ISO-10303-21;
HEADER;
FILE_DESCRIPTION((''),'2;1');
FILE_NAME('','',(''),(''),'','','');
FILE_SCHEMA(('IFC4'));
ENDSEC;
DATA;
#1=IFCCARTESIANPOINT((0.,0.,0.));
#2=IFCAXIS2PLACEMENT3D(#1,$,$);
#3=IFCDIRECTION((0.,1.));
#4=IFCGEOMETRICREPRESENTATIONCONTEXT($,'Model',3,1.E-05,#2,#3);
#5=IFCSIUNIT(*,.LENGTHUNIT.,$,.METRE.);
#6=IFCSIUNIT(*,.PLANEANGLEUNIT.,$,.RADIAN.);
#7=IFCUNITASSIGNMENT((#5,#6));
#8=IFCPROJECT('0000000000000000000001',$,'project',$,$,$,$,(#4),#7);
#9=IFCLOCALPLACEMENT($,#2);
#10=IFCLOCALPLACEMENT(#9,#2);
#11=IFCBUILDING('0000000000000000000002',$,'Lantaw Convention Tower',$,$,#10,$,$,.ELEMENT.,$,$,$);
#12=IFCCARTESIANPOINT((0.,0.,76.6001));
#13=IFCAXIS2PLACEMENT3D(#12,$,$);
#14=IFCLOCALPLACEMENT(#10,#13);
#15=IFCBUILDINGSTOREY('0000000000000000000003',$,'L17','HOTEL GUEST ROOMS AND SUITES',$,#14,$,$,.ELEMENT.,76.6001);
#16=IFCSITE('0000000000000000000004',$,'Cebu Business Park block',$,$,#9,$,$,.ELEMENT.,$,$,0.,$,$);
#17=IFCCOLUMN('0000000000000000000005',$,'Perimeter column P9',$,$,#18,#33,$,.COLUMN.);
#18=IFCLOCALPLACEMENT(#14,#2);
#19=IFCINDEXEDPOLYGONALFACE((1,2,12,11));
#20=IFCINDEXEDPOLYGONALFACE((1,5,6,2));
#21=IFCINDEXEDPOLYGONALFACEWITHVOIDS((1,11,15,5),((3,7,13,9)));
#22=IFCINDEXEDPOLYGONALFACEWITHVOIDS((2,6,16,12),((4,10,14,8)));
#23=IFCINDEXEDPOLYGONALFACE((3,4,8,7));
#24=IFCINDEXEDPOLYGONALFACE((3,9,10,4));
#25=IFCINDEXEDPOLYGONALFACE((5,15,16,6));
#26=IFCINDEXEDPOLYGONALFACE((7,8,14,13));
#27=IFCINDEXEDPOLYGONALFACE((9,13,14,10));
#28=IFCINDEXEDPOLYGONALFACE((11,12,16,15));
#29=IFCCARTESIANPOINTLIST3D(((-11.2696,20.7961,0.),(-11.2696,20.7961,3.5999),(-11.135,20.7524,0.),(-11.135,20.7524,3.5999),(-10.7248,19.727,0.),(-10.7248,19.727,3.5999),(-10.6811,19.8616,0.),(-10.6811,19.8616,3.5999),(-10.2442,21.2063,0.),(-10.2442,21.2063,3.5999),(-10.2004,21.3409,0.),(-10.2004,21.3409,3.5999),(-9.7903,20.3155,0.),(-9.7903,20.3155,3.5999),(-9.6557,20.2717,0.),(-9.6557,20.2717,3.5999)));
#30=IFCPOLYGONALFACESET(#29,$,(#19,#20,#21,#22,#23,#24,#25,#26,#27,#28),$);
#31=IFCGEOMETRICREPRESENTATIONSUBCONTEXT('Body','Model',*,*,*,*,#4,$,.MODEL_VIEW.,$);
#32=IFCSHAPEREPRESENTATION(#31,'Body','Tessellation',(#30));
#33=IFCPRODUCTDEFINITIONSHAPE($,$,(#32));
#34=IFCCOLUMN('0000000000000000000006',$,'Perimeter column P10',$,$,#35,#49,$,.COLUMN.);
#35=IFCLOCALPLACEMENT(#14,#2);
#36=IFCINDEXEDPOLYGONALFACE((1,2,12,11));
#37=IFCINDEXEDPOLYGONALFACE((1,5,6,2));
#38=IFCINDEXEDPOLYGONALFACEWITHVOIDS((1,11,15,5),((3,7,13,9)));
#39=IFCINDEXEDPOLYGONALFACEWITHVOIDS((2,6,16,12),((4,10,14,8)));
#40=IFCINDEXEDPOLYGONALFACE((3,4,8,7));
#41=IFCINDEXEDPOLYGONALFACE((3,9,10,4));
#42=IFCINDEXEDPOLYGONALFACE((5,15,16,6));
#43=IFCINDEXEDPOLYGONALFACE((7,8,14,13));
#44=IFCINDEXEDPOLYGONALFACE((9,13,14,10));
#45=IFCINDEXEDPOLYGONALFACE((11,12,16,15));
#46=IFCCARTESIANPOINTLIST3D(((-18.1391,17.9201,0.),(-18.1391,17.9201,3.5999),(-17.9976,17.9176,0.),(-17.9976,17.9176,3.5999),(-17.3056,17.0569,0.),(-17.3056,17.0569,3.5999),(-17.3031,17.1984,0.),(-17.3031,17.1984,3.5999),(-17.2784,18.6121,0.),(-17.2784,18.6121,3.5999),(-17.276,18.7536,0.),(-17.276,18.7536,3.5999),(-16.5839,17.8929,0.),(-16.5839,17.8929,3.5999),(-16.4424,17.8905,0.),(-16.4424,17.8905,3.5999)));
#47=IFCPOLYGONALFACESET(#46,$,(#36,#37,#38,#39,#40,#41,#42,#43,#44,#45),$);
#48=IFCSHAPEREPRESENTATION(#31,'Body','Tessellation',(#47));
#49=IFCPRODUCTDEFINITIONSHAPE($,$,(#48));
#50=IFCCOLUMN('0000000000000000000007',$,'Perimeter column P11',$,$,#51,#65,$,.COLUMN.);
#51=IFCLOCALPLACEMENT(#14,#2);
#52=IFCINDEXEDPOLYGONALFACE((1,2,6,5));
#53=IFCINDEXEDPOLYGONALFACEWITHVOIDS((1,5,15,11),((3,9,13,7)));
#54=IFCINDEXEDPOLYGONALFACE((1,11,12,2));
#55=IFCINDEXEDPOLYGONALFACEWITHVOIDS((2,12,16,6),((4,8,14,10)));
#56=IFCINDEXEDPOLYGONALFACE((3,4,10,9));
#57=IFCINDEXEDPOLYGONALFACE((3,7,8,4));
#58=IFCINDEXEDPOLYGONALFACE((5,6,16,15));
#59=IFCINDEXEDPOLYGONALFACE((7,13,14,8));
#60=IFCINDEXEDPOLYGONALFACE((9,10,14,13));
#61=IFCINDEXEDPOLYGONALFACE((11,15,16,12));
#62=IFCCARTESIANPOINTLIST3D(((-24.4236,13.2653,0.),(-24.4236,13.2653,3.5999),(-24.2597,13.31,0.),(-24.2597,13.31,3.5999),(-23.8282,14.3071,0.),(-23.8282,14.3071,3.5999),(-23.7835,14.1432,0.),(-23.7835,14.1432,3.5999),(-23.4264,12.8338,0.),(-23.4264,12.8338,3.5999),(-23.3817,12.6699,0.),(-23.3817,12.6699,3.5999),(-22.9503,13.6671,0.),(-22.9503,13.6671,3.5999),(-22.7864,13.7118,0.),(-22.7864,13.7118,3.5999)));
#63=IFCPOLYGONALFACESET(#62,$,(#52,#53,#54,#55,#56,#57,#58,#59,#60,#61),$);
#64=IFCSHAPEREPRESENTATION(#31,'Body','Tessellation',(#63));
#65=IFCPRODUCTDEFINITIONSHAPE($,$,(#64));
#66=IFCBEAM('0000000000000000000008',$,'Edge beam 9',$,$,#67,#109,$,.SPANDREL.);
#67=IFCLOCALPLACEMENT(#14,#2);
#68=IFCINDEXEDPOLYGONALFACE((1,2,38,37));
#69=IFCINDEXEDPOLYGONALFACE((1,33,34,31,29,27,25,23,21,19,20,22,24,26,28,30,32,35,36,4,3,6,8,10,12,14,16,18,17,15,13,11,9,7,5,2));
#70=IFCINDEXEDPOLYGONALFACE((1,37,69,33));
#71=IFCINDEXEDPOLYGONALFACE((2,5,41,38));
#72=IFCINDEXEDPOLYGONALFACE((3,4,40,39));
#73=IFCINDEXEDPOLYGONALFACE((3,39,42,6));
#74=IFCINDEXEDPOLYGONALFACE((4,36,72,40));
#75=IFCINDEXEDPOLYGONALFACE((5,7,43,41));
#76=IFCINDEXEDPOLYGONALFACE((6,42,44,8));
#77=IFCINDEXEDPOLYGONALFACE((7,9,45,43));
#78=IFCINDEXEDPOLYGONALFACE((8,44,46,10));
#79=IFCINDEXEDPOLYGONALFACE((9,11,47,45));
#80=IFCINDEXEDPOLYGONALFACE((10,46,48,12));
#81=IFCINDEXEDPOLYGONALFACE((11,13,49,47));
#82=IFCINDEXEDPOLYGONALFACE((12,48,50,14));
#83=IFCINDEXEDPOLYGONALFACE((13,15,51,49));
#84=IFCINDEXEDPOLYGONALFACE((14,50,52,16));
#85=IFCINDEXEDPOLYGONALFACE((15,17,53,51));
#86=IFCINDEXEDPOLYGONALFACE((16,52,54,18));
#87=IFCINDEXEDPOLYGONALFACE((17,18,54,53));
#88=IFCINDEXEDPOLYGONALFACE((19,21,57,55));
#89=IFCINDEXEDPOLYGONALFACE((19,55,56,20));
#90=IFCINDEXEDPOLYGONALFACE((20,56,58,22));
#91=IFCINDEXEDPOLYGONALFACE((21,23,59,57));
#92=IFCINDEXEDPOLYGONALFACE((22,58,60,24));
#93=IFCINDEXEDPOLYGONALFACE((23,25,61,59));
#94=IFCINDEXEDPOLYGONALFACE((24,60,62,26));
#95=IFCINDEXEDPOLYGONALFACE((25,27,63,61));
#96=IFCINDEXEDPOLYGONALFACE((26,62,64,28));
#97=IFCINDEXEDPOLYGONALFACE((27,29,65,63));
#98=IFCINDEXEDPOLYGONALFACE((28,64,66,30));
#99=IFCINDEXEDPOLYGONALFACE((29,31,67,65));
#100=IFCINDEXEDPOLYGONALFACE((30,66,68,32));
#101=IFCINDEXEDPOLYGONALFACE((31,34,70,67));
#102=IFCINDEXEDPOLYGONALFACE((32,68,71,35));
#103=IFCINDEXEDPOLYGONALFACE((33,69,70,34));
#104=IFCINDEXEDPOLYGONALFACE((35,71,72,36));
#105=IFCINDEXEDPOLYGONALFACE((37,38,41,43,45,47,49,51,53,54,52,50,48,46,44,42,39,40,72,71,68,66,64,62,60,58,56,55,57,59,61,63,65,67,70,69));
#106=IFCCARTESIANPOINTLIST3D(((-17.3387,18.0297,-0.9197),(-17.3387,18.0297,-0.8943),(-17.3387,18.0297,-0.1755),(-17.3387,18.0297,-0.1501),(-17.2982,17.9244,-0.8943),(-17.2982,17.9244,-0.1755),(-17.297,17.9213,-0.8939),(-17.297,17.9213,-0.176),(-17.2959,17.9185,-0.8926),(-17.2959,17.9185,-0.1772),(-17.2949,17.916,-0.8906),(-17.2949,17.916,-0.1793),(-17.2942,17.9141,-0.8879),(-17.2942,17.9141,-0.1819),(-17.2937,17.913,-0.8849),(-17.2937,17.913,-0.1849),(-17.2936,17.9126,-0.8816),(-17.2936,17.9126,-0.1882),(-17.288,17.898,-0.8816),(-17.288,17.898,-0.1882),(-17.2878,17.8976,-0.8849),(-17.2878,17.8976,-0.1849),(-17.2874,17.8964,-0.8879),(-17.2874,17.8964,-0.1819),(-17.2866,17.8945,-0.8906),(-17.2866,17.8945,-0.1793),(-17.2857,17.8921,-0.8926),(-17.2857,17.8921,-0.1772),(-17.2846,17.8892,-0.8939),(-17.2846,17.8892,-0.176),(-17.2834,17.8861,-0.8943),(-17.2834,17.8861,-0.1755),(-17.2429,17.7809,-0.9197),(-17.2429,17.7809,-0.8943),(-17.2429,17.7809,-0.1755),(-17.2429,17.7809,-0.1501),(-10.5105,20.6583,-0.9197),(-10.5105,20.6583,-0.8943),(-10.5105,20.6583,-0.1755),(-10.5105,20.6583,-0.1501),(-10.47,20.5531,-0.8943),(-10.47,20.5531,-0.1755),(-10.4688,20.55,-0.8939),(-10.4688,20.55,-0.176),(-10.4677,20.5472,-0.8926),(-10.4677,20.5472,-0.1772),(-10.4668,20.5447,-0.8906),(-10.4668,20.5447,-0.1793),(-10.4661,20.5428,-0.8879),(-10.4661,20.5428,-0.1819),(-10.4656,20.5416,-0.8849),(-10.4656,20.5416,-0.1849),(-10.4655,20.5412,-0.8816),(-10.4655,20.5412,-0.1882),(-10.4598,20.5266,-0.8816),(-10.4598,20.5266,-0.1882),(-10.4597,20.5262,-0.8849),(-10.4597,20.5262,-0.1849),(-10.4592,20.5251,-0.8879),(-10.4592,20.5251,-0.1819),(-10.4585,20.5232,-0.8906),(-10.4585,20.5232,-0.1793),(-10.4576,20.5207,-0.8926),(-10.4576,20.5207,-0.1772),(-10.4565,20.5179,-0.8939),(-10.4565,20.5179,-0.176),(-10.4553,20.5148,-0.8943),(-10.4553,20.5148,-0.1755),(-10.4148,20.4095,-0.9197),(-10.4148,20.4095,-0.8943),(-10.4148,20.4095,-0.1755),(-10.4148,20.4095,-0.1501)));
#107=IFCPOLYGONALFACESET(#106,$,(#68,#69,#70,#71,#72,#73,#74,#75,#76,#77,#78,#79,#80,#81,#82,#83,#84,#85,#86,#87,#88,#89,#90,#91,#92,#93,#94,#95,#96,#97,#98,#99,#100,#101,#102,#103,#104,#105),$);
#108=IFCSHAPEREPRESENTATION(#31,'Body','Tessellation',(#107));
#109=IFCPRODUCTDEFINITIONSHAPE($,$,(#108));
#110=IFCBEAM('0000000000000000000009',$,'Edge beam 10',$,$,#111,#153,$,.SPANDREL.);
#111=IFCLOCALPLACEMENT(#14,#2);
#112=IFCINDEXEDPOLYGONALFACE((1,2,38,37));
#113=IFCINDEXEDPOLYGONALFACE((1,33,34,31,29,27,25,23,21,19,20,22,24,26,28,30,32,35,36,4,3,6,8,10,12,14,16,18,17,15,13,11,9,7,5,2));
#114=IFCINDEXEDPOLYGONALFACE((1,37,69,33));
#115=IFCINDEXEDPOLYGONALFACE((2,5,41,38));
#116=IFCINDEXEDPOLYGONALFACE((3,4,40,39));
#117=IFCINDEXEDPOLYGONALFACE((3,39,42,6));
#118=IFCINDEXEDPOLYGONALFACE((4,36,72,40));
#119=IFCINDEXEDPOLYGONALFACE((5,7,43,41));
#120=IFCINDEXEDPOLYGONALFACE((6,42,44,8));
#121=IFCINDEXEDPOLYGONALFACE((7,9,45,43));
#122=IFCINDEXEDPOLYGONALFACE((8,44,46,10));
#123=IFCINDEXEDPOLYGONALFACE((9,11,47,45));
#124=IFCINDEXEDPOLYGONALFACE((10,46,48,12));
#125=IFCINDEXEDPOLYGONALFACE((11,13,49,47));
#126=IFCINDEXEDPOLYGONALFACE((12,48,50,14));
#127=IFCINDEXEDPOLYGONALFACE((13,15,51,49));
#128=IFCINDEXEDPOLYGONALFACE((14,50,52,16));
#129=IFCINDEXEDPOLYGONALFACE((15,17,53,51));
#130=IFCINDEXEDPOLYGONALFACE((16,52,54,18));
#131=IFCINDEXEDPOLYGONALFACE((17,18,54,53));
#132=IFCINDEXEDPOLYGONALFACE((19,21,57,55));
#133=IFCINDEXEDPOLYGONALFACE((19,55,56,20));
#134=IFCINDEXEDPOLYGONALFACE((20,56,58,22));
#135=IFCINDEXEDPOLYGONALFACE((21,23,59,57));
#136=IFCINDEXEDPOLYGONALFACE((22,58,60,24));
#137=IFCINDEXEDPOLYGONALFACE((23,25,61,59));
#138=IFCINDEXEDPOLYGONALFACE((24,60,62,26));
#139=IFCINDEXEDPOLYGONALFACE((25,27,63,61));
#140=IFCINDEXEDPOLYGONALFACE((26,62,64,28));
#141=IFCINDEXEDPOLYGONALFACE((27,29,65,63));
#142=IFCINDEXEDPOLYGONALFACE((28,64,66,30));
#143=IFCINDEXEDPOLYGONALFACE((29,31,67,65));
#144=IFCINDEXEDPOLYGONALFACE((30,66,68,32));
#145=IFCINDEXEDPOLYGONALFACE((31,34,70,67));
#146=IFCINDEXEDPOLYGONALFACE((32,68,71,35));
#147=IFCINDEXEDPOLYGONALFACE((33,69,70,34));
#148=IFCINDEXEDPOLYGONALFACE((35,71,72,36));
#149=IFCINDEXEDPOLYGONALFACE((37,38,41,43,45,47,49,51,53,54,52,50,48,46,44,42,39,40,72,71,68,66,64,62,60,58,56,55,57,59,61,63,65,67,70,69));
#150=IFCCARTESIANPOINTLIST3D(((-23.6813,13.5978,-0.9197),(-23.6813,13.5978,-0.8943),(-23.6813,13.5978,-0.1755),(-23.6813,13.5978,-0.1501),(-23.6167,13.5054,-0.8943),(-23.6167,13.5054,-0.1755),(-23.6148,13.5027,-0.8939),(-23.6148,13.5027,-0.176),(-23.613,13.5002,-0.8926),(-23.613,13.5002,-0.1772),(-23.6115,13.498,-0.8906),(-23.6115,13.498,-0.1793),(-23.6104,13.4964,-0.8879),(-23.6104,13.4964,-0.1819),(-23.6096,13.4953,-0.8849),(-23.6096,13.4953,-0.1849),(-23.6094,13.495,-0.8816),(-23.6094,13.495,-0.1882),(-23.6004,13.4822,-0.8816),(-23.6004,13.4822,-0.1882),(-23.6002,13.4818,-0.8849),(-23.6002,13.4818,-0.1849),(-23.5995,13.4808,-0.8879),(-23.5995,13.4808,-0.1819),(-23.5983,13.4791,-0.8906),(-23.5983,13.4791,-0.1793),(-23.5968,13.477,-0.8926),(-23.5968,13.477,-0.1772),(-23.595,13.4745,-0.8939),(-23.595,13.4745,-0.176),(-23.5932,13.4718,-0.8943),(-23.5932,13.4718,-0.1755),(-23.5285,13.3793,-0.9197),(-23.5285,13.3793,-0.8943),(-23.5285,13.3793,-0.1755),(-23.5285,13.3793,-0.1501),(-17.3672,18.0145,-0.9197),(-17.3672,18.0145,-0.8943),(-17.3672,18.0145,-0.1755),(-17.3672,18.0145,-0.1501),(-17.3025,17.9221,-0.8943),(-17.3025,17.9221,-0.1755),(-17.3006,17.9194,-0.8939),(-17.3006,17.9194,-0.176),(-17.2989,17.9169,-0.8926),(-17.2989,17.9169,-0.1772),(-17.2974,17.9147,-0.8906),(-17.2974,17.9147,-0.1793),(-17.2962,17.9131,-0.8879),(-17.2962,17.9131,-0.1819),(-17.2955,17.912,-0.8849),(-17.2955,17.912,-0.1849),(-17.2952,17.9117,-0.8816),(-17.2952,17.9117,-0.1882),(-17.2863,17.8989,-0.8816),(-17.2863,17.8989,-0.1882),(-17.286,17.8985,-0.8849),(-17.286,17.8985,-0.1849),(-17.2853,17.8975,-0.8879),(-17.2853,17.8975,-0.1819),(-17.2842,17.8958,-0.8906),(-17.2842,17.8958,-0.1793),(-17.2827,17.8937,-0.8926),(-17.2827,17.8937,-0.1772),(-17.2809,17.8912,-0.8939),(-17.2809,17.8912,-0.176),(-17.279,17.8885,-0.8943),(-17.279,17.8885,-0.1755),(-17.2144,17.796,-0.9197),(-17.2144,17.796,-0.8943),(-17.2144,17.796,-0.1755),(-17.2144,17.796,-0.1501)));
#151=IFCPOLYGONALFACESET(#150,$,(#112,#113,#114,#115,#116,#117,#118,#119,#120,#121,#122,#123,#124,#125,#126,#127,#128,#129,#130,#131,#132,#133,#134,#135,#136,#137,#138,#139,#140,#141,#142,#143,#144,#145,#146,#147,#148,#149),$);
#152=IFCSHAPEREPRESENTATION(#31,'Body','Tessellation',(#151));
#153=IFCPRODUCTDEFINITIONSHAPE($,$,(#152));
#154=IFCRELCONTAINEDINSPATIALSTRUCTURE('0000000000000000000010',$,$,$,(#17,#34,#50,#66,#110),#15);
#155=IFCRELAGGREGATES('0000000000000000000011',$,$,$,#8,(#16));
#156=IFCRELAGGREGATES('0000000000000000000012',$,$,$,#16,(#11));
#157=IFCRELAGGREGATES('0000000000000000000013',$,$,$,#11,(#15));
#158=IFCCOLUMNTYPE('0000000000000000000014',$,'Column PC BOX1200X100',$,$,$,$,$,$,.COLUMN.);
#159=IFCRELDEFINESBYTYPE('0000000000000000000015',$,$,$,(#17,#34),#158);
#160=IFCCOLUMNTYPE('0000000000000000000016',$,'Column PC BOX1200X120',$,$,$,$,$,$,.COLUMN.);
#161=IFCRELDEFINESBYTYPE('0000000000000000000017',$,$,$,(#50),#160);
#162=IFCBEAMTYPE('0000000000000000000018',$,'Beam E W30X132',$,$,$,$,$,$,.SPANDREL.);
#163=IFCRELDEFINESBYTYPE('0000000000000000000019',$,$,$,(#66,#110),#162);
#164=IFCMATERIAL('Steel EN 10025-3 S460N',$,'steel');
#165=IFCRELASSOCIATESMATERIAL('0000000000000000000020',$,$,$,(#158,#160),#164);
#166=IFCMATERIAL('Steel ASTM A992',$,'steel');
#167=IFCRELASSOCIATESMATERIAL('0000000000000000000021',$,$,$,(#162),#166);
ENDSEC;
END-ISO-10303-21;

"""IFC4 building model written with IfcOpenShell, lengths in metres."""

from ifc_helpers import new_model, si_unit, direction, frame, origin, origin_2d, place, context, subcontext, project, spatial, rectangle, hollow_rectangle, i_section, extrude, material, material_profile, profile_set, type_object, element, save


model = new_model("IFC4")

# Units and contexts
model_context = context("Model", 3, precision=1e-05, world=origin(), true_north=direction((0.0, 1.0)))
body_context = subcontext(model_context, "Body", "Model", "MODEL_VIEW")
ifc_project = project(units=[si_unit("LENGTHUNIT", "METRE"), si_unit("PLANEANGLEUNIT", "RADIAN")], contexts=[model_context])

# Site, building, storey
site_placement = place(None, origin())
site = spatial("IfcSite", under=ifc_project, at=site_placement, Name="Cebu Business Park block", CompositionType="ELEMENT", RefElevation=0.0)
building_placement = place(site_placement, origin())
building = spatial("IfcBuilding", under=site, at=building_placement, Name="Lantaw Convention Tower", CompositionType="ELEMENT")
storey_placement = place(building_placement, frame((0.0, 0.0, 76.6001)))
storey = spatial("IfcBuildingStorey", under=building, at=storey_placement, Name="L17", Description="HOTEL GUEST ROOMS AND SUITES", CompositionType="ELEMENT", Elevation=76.6001)

# Columns
ifc_material_1 = material(Name="Steel EN 10025-3 S460N", Category="steel")
ifc_material_profile_1 = material_profile(ifc_material_1, hollow_rectangle(XDim=1.2, YDim=1.2, WallThickness=0.1001, at=origin_2d()), Name="BOX1200X100")
ifc_material_2 = material(Name="Concrete C60/75", Category="concrete")
ifc_material_profile_2 = material_profile(ifc_material_2, rectangle(XDim=1.0, YDim=1.0, at=origin_2d()), Name="Concrete fill of BOX1200X100")
ifc_profile_set_1 = profile_set([ifc_material_profile_1, ifc_material_profile_2], Name="Steel EN 10025-3 S460N")
column_type_1 = type_object("IfcColumnType", Name="Column PC BOX1200X100", PredefinedType="COLUMN", material=ifc_profile_set_1)
for number, where, z_axis, x_axis, name in (
    (1, (-10.4626, 20.5339, 0.0), (0.0, 0.0, 1.0), (0.891007, 0.45399, 0.0), "Perimeter column P9"),
    (2, (-17.2908, 17.9053, 0.0), (0.0, 0.0, 1.0), (0.71934, 0.694658, 0.0), "Perimeter column P10"),
):
    element("IfcColumn", number, at=place(storey_placement, frame(where, z_axis=z_axis, x_axis=x_axis)), inside=storey, type_object=column_type_1, Name=name, PredefinedType="COLUMN", context=body_context, shape_type="SweptSolid", body=[
        extrude(hollow_rectangle(XDim=1.2, YDim=1.2, WallThickness=0.1001, at=origin_2d()), origin(), (0.0, 0.0, 1.0), 3.5999),
    ])
ifc_material_profile_3 = material_profile(ifc_material_1, hollow_rectangle(XDim=1.2, YDim=1.2, WallThickness=0.1201, at=origin_2d()), Name="BOX1200X120")
ifc_material_profile_4 = material_profile(ifc_material_2, rectangle(XDim=0.96, YDim=0.96, at=origin_2d()), Name="Concrete fill of BOX1200X120")
ifc_profile_set_2 = profile_set([ifc_material_profile_3, ifc_material_profile_4], Name="Steel EN 10025-3 S460N")
column_type_2 = type_object("IfcColumnType", Name="Column PC BOX1200X120", PredefinedType="COLUMN", material=ifc_profile_set_2)
column_placement = place(storey_placement, frame((-23.605, 13.4885, 0.0), z_axis=(0.0, 0.0, 1.0), x_axis=(0.496139, 0.868243, 0.0)))
element("IfcColumn", 3, at=column_placement, inside=storey, type_object=column_type_2, Name="Perimeter column P11", PredefinedType="COLUMN", context=body_context, shape_type="SweptSolid", body=[
    extrude(hollow_rectangle(XDim=1.2, YDim=1.2, WallThickness=0.1201, at=origin_2d()), origin(), (0.0, 0.0, 1.0), 3.5999),
])

# Beams
ifc_material_3 = material(Name="Steel ASTM A992", Category="steel")
ifc_material_profile_5 = material_profile(ifc_material_3, i_section(OverallWidth=0.2666, OverallDepth=0.7695, WebThickness=0.0156, FlangeThickness=0.0254, FilletRadius=0.0127, at=origin_2d()), Name="W30X132")
ifc_profile_set_3 = profile_set([ifc_material_profile_5], Name="Steel ASTM A992")
beam_type_1 = type_object("IfcBeamType", Name="Beam E W30X132", PredefinedType="SPANDREL", material=ifc_profile_set_3)
beam_1_placement = place(storey_placement, frame((-10.4626, 20.5339, -0.5349), z_axis=(-0.933233, -0.359272, 0.0), x_axis=(0.359272, -0.933233, 0.0)))
element("IfcBeam", 4, at=beam_1_placement, inside=storey, type_object=beam_type_1, Name="Edge beam 9", PredefinedType="SPANDREL", context=body_context, shape_type="SweptSolid", body=[
    extrude(i_section(OverallWidth=0.2666, OverallDepth=0.7695, WebThickness=0.0156, FlangeThickness=0.0254, FilletRadius=0.0127, at=origin_2d()), origin(), (0.0, 0.0, 1.0), 7.3167),
])
beam_2_placement = place(storey_placement, frame((-17.2908, 17.9053, -0.5349), z_axis=(-0.819427, -0.573184, 0.0), x_axis=(0.573184, -0.819427, 0.0)))
element("IfcBeam", 5, at=beam_2_placement, inside=storey, type_object=beam_type_1, Name="Edge beam 10", PredefinedType="SPANDREL", context=body_context, shape_type="SweptSolid", body=[
    extrude(i_section(OverallWidth=0.2666, OverallDepth=0.7695, WebThickness=0.0156, FlangeThickness=0.0254, FilletRadius=0.0127, at=origin_2d()), origin(), (0.0, 0.0, 1.0), 7.7056),
])

save(model, "model.ifc")
